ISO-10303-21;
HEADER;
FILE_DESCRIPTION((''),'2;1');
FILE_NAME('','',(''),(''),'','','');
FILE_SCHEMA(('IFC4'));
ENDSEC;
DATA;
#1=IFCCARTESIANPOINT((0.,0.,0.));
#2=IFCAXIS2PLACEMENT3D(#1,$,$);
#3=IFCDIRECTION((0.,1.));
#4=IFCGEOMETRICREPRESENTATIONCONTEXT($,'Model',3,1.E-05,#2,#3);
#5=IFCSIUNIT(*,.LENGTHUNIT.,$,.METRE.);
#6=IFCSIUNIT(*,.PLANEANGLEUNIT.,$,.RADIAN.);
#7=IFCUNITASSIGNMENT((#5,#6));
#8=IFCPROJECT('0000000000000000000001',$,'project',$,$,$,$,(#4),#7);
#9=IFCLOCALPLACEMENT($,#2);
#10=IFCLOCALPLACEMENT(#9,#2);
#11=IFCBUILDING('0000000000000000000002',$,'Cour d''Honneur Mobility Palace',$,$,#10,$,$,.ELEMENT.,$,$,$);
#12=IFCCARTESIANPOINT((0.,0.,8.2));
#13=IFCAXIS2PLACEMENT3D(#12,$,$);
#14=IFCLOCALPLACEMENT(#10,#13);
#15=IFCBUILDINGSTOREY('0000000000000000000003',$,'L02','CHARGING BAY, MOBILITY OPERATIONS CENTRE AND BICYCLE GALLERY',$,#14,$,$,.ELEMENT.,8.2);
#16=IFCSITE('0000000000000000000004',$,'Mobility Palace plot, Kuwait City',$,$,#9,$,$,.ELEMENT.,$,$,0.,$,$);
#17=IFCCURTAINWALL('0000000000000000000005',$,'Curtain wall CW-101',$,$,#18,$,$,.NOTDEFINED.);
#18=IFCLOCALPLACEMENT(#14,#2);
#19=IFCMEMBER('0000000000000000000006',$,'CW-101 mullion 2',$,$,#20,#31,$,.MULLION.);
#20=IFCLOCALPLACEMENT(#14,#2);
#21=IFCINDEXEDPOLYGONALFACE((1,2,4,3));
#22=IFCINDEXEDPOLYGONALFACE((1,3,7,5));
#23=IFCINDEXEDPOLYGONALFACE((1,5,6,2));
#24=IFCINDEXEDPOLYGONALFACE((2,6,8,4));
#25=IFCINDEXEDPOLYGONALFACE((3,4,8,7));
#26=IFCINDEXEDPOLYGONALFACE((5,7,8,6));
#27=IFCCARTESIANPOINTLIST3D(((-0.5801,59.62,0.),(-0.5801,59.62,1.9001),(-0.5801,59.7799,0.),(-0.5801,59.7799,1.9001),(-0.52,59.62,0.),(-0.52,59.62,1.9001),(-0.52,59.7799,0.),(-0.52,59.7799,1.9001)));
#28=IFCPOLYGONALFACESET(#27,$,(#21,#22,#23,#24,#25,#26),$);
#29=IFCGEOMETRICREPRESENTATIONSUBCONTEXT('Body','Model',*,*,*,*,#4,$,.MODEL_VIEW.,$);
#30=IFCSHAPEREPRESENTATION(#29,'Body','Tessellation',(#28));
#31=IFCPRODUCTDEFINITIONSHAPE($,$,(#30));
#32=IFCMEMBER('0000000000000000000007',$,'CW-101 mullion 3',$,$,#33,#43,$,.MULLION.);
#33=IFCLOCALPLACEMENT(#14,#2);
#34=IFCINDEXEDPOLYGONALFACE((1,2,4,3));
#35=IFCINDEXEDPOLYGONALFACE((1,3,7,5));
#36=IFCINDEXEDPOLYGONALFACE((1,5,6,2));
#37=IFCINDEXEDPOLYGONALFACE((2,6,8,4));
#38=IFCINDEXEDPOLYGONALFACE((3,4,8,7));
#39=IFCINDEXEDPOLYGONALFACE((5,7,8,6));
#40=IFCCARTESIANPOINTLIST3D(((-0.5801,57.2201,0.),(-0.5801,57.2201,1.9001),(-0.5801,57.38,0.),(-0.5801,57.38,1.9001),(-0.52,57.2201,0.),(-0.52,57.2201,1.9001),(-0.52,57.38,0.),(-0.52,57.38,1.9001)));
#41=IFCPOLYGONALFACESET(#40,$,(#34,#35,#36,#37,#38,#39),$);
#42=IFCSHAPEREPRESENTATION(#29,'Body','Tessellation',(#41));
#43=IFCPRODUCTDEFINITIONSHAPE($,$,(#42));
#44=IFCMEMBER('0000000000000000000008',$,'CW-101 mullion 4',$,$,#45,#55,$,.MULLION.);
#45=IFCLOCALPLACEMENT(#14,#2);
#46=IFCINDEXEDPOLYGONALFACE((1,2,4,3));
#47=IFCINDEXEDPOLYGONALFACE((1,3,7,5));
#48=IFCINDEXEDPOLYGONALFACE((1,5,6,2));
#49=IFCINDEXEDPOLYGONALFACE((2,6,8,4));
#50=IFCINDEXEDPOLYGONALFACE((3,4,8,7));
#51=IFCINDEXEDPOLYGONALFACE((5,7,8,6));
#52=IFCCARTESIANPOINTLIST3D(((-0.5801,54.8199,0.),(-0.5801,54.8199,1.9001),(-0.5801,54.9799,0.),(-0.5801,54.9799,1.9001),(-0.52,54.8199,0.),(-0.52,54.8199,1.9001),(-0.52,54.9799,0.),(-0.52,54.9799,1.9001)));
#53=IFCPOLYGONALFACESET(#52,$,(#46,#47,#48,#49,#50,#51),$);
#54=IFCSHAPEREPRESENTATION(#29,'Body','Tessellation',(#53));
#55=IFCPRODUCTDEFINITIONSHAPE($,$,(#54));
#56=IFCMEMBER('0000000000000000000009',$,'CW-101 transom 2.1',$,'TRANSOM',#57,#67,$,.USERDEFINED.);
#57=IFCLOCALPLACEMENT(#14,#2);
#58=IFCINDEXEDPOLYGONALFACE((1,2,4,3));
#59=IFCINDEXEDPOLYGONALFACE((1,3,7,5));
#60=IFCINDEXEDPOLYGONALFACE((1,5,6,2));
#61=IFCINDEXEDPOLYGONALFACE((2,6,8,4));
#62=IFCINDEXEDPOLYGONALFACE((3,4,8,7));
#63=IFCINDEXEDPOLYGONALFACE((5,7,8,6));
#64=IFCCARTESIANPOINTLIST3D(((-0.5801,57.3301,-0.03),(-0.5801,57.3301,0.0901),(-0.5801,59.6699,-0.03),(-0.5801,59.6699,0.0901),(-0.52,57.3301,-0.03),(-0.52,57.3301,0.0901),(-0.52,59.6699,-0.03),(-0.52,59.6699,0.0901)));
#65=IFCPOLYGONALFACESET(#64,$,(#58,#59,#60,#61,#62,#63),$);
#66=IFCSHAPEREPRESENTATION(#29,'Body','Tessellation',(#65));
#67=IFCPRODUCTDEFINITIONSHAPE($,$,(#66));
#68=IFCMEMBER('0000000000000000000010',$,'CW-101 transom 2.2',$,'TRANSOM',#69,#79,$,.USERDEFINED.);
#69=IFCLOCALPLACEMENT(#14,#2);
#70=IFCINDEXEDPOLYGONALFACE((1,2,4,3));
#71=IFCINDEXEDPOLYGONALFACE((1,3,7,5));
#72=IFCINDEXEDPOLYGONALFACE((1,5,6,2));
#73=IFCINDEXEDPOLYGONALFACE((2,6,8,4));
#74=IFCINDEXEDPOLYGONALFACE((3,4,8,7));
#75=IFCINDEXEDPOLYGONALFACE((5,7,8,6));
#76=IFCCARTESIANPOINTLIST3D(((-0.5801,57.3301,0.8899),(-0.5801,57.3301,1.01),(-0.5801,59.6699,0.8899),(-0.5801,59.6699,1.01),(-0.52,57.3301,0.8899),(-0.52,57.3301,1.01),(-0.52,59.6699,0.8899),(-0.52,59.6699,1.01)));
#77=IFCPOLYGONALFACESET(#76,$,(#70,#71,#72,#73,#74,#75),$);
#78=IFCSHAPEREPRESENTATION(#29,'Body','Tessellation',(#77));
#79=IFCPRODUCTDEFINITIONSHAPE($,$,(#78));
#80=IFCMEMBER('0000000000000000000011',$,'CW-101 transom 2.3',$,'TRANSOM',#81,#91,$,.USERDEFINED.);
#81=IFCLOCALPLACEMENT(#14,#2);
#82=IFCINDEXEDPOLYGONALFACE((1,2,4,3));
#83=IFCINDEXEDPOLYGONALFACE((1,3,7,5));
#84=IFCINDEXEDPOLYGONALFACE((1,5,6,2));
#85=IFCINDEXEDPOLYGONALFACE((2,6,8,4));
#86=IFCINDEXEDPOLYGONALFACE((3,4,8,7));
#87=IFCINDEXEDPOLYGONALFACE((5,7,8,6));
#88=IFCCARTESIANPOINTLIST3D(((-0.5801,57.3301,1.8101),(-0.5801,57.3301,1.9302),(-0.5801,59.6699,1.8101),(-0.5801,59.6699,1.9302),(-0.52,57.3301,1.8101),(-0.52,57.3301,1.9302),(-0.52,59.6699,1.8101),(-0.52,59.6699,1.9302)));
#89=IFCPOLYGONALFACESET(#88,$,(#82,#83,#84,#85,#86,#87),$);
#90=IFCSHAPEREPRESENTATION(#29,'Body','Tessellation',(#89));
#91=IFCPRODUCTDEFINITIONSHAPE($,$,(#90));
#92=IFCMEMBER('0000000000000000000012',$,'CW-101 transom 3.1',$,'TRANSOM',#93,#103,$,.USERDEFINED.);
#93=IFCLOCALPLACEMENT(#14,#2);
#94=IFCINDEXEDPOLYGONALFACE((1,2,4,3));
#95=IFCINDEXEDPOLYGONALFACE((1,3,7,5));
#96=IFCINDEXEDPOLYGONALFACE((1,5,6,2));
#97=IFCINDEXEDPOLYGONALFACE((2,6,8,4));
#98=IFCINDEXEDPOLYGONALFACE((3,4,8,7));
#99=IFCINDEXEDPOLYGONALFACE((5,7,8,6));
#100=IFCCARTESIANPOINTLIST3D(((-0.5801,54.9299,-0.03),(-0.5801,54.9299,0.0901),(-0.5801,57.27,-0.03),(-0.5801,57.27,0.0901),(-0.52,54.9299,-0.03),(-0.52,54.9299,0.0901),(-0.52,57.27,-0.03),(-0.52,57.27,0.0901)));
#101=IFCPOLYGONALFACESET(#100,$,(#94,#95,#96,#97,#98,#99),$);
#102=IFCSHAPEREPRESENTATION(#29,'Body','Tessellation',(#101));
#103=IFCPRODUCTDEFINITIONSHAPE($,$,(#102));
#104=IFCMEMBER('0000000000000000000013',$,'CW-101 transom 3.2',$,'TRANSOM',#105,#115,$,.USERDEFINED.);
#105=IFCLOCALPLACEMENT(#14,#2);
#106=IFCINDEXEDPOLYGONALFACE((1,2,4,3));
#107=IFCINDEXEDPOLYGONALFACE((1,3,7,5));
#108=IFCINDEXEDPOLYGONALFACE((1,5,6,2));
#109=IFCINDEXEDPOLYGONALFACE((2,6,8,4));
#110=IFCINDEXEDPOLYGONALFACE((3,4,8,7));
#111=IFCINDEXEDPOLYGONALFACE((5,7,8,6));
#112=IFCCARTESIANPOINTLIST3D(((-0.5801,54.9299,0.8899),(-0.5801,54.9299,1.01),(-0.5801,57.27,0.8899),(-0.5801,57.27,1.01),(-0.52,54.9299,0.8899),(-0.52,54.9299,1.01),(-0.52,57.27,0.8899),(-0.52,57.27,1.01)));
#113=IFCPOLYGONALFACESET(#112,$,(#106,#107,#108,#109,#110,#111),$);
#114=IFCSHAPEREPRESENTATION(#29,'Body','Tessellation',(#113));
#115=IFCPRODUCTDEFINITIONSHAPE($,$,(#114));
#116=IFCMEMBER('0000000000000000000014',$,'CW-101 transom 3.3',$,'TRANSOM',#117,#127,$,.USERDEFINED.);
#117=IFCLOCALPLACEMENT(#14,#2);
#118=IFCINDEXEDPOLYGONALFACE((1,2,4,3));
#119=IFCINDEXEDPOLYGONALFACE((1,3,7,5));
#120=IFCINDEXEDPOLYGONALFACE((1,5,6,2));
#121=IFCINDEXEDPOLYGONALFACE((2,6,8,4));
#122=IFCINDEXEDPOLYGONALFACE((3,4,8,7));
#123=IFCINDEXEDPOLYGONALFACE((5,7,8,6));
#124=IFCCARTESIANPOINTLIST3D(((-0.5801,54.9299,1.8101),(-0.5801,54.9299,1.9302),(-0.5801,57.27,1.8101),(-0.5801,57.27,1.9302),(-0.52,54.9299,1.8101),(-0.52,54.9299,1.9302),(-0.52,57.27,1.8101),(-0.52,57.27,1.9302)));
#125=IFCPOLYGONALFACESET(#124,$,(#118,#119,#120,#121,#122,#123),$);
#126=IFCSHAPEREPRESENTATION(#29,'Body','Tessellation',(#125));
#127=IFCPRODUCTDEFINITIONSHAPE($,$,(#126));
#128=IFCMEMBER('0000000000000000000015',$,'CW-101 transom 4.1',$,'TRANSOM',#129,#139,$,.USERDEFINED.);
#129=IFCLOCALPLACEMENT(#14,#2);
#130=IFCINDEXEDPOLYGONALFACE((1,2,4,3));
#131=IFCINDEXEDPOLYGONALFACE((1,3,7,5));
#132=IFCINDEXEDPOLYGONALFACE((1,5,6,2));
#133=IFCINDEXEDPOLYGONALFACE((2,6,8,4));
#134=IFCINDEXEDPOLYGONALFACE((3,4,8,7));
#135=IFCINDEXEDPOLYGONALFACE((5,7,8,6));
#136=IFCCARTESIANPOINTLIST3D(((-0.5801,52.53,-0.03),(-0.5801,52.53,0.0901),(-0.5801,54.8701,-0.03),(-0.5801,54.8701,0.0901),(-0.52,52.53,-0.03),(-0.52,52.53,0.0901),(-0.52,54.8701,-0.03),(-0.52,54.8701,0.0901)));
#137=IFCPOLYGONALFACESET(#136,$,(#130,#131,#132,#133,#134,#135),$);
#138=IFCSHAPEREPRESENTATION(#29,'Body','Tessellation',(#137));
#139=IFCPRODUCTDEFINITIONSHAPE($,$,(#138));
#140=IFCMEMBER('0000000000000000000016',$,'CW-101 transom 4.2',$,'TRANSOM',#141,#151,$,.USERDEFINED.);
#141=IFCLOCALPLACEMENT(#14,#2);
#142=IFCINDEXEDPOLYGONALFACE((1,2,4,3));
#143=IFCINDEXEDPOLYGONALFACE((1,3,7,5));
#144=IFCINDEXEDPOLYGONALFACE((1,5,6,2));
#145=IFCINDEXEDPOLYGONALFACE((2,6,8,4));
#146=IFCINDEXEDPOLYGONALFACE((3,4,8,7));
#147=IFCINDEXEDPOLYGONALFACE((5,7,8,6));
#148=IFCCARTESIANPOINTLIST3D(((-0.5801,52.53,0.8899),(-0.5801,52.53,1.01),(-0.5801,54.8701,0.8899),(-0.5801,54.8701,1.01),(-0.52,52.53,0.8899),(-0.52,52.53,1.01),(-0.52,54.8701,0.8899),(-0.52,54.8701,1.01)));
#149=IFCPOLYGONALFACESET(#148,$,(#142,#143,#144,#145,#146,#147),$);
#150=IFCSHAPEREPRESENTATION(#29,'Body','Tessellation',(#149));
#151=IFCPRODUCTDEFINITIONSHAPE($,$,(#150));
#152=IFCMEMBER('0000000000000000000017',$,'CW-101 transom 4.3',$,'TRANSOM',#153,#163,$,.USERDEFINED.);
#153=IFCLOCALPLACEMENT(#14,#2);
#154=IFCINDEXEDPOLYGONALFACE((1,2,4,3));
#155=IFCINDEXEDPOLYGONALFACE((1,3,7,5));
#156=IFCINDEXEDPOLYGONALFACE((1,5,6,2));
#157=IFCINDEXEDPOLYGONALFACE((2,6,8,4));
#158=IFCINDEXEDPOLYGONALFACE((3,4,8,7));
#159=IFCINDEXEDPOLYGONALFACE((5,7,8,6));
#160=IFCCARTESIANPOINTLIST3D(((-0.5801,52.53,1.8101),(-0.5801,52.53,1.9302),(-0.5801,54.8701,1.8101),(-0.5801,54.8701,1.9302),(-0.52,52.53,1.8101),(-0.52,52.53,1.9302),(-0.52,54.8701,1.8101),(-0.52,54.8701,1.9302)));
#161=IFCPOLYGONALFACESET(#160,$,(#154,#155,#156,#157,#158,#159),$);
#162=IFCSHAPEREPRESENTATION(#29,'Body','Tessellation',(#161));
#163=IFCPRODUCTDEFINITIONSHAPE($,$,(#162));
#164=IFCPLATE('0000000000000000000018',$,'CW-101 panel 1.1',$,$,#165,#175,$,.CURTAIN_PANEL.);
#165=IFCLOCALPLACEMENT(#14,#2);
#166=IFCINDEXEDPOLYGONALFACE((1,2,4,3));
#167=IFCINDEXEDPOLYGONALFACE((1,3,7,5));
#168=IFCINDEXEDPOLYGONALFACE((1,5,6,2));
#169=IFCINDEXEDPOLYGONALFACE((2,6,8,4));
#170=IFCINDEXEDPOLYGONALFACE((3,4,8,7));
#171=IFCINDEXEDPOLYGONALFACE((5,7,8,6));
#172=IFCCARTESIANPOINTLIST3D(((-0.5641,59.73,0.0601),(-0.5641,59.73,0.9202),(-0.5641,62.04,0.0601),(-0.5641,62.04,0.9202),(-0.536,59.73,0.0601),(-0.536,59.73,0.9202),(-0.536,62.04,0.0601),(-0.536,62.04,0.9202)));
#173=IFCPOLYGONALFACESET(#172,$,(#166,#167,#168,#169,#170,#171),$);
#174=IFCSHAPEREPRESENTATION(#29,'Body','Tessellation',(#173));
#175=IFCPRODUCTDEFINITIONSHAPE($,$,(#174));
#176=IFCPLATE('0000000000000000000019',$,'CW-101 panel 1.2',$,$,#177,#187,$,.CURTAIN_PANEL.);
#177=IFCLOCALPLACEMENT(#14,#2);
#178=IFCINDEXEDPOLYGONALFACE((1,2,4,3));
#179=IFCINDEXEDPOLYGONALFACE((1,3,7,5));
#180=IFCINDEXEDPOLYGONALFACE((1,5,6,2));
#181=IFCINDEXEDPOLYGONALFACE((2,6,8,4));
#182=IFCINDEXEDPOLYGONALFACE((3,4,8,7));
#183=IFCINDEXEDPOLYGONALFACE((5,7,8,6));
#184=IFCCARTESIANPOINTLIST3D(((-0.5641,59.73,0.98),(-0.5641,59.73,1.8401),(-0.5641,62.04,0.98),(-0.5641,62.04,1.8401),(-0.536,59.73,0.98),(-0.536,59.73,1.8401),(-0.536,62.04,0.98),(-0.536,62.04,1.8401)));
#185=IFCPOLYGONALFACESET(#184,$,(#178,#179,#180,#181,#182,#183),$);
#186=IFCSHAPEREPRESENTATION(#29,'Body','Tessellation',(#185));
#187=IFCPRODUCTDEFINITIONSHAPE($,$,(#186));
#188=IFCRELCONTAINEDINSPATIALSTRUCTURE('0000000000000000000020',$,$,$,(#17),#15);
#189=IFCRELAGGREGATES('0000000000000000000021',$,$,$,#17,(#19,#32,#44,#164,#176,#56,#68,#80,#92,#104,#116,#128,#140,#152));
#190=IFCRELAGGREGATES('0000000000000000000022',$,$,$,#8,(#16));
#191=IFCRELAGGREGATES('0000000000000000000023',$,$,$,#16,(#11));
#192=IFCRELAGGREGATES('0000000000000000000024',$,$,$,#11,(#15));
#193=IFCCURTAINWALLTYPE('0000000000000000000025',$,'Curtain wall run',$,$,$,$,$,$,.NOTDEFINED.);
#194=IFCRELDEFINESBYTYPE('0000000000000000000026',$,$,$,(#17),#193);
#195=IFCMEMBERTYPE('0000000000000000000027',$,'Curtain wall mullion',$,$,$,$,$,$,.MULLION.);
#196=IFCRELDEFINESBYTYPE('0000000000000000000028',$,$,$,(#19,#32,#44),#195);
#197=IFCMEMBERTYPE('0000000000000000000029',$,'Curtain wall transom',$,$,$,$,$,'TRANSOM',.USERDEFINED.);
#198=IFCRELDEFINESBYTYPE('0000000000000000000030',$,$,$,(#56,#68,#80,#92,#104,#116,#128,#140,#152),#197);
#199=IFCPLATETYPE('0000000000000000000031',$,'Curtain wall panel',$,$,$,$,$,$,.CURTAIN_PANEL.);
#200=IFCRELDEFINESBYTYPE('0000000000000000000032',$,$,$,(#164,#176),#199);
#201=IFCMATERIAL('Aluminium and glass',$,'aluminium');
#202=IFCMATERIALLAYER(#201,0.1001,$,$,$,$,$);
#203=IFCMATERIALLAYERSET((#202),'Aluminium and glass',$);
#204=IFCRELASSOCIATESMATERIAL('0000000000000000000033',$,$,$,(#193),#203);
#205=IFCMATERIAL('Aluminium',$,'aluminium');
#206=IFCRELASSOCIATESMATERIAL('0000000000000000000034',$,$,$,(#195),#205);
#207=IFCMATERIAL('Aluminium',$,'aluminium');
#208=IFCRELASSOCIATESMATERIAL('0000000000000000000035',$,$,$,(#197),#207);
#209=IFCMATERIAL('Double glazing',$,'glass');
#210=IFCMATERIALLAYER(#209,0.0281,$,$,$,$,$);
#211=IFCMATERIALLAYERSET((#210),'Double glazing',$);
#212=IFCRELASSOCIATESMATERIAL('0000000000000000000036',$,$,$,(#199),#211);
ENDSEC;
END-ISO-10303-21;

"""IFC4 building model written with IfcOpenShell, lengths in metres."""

from ifc_helpers import new_model, si_unit, direction, frame, origin, origin_2d, place, context, subcontext, project, spatial, rectangle, extrude, material, layer, layer_set, material_profile, profile_set, type_object, element, aggregate, save


model = new_model("IFC4")

# Units and contexts
model_context = context("Model", 3, precision=1e-05, world=origin(), true_north=direction((0.0, 1.0)))
body_context = subcontext(model_context, "Body", "Model", "MODEL_VIEW")
ifc_project = project(units=[si_unit("LENGTHUNIT", "METRE"), si_unit("PLANEANGLEUNIT", "RADIAN")], contexts=[model_context])

# Site, building, storey
site_placement = place(None, origin())
site = spatial("IfcSite", under=ifc_project, at=site_placement, Name="Mobility Palace plot, Kuwait City", CompositionType="ELEMENT", RefElevation=0.0)
building_placement = place(site_placement, origin())
building = spatial("IfcBuilding", under=site, at=building_placement, Name="Cour d'Honneur Mobility Palace", CompositionType="ELEMENT")
storey_placement = place(building_placement, frame((0.0, 0.0, 8.2)))
storey = spatial("IfcBuildingStorey", under=building, at=storey_placement, Name="L02", Description="CHARGING BAY, MOBILITY OPERATIONS CENTRE AND BICYCLE GALLERY", CompositionType="ELEMENT", Elevation=8.2)

# Curtain wall, members, plates
ifc_material_1 = material(Name="Aluminium and glass", Category="aluminium")
ifc_layer_1 = layer(ifc_material_1, 0.1001)
ifc_layer_set_1 = layer_set([ifc_layer_1], Name="Aluminium and glass")
curtain_wall_type = type_object("IfcCurtainWallType", Name="Curtain wall run", PredefinedType="NOTDEFINED", material=ifc_layer_set_1)
curtain_wall_placement = place(storey_placement, origin())
curtain_wall = element("IfcCurtainWall", 1, at=curtain_wall_placement, inside=storey, type_object=curtain_wall_type, Name="Curtain wall CW-101", PredefinedType="NOTDEFINED")
ifc_material_2 = material(Name="Aluminium", Category="aluminium")
ifc_material_profile_1 = material_profile(ifc_material_2, rectangle(XDim=0.0601, YDim=0.1599, at=origin_2d()), Name="Curtain wall mullion")
ifc_profile_set_1 = profile_set([ifc_material_profile_1], Name="Aluminium")
member_type_1 = type_object("IfcMemberType", Name="Curtain wall mullion", PredefinedType="MULLION", material=ifc_profile_set_1)
member_1_placement = place(storey_placement, frame((-0.55, 59.7, 0.0), z_axis=(0.0, 0.0, 1.0), x_axis=(1.0, 0.0, 0.0)))
member_1 = element("IfcMember", 2, at=member_1_placement, type_object=member_type_1, Name="CW-101 mullion 2", PredefinedType="MULLION", context=body_context, shape_type="SweptSolid", body=[
    extrude(rectangle(XDim=0.0601, YDim=0.1599, at=origin_2d()), origin(), (0.0, 0.0, 1.0), 1.9001),
])
member_2_placement = place(storey_placement, frame((-0.55, 57.3, 0.0), z_axis=(0.0, 0.0, 1.0), x_axis=(1.0, 0.0, 0.0)))
member_2 = element("IfcMember", 3, at=member_2_placement, type_object=member_type_1, Name="CW-101 mullion 3", PredefinedType="MULLION", context=body_context, shape_type="SweptSolid", body=[
    extrude(rectangle(XDim=0.0601, YDim=0.1599, at=origin_2d()), origin(), (0.0, 0.0, 1.0), 1.9001),
])
member_3_placement = place(storey_placement, frame((-0.55, 54.8999, 0.0), z_axis=(0.0, 0.0, 1.0), x_axis=(1.0, 0.0, 0.0)))
member_3 = element("IfcMember", 4, at=member_3_placement, type_object=member_type_1, Name="CW-101 mullion 4", PredefinedType="MULLION", context=body_context, shape_type="SweptSolid", body=[
    extrude(rectangle(XDim=0.0601, YDim=0.1599, at=origin_2d()), origin(), (0.0, 0.0, 1.0), 1.9001),
])
ifc_material_3 = material(Name="Aluminium", Category="aluminium")
ifc_material_profile_2 = material_profile(ifc_material_3, rectangle(XDim=0.0601, YDim=0.1201, at=origin_2d()), Name="Curtain wall transom")
ifc_profile_set_2 = profile_set([ifc_material_profile_2], Name="Aluminium")
member_type_2 = type_object("IfcMemberType", Name="Curtain wall transom", ElementType="TRANSOM", PredefinedType="USERDEFINED", material=ifc_profile_set_2)
member_4_placement = place(storey_placement, frame((-0.55, 59.6699, 0.03), z_axis=(0.0, -1.0, 0.0), x_axis=(1.0, 0.0, 0.0)))
member_4 = element("IfcMember", 5, at=member_4_placement, type_object=member_type_2, Name="CW-101 transom 2.1", ObjectType="TRANSOM", PredefinedType="USERDEFINED", context=body_context, shape_type="SweptSolid", body=[
    extrude(rectangle(XDim=0.0601, YDim=0.1201, at=origin_2d()), origin(), (0.0, 0.0, 1.0), 2.3398),
])
member_5_placement = place(storey_placement, frame((-0.55, 59.6699, 0.95), z_axis=(0.0, -1.0, 0.0), x_axis=(1.0, 0.0, 0.0)))
member_5 = element("IfcMember", 6, at=member_5_placement, type_object=member_type_2, Name="CW-101 transom 2.2", ObjectType="TRANSOM", PredefinedType="USERDEFINED", context=body_context, shape_type="SweptSolid", body=[
    extrude(rectangle(XDim=0.0601, YDim=0.1201, at=origin_2d()), origin(), (0.0, 0.0, 1.0), 2.3398),
])
member_6_placement = place(storey_placement, frame((-0.55, 59.6699, 1.8701), z_axis=(0.0, -1.0, 0.0), x_axis=(1.0, 0.0, 0.0)))
member_6 = element("IfcMember", 7, at=member_6_placement, type_object=member_type_2, Name="CW-101 transom 2.3", ObjectType="TRANSOM", PredefinedType="USERDEFINED", context=body_context, shape_type="SweptSolid", body=[
    extrude(rectangle(XDim=0.0601, YDim=0.1201, at=origin_2d()), origin(), (0.0, 0.0, 1.0), 2.3398),
])
member_7_placement = place(storey_placement, frame((-0.55, 57.27, 0.03), z_axis=(0.0, -1.0, 0.0), x_axis=(1.0, 0.0, 0.0)))
member_7 = element("IfcMember", 8, at=member_7_placement, type_object=member_type_2, Name="CW-101 transom 3.1", ObjectType="TRANSOM", PredefinedType="USERDEFINED", context=body_context, shape_type="SweptSolid", body=[
    extrude(rectangle(XDim=0.0601, YDim=0.1201, at=origin_2d()), origin(), (0.0, 0.0, 1.0), 2.3401),
])
member_8_placement = place(storey_placement, frame((-0.55, 57.27, 0.95), z_axis=(0.0, -1.0, 0.0), x_axis=(1.0, 0.0, 0.0)))
member_8 = element("IfcMember", 9, at=member_8_placement, type_object=member_type_2, Name="CW-101 transom 3.2", ObjectType="TRANSOM", PredefinedType="USERDEFINED", context=body_context, shape_type="SweptSolid", body=[
    extrude(rectangle(XDim=0.0601, YDim=0.1201, at=origin_2d()), origin(), (0.0, 0.0, 1.0), 2.3401),
])
member_9_placement = place(storey_placement, frame((-0.55, 57.27, 1.8701), z_axis=(0.0, -1.0, 0.0), x_axis=(1.0, 0.0, 0.0)))
member_9 = element("IfcMember", 10, at=member_9_placement, type_object=member_type_2, Name="CW-101 transom 3.3", ObjectType="TRANSOM", PredefinedType="USERDEFINED", context=body_context, shape_type="SweptSolid", body=[
    extrude(rectangle(XDim=0.0601, YDim=0.1201, at=origin_2d()), origin(), (0.0, 0.0, 1.0), 2.3401),
])
member_10_placement = place(storey_placement, frame((-0.55, 54.8701, 0.03), z_axis=(0.0, -1.0, 0.0), x_axis=(1.0, 0.0, 0.0)))
member_10 = element("IfcMember", 11, at=member_10_placement, type_object=member_type_2, Name="CW-101 transom 4.1", ObjectType="TRANSOM", PredefinedType="USERDEFINED", context=body_context, shape_type="SweptSolid", body=[
    extrude(rectangle(XDim=0.0601, YDim=0.1201, at=origin_2d()), origin(), (0.0, 0.0, 1.0), 2.3401),
])
member_11_placement = place(storey_placement, frame((-0.55, 54.8701, 0.95), z_axis=(0.0, -1.0, 0.0), x_axis=(1.0, 0.0, 0.0)))
member_11 = element("IfcMember", 12, at=member_11_placement, type_object=member_type_2, Name="CW-101 transom 4.2", ObjectType="TRANSOM", PredefinedType="USERDEFINED", context=body_context, shape_type="SweptSolid", body=[
    extrude(rectangle(XDim=0.0601, YDim=0.1201, at=origin_2d()), origin(), (0.0, 0.0, 1.0), 2.3401),
])
member_12_placement = place(storey_placement, frame((-0.55, 54.8701, 1.8701), z_axis=(0.0, -1.0, 0.0), x_axis=(1.0, 0.0, 0.0)))
member_12 = element("IfcMember", 13, at=member_12_placement, type_object=member_type_2, Name="CW-101 transom 4.3", ObjectType="TRANSOM", PredefinedType="USERDEFINED", context=body_context, shape_type="SweptSolid", body=[
    extrude(rectangle(XDim=0.0601, YDim=0.1201, at=origin_2d()), origin(), (0.0, 0.0, 1.0), 2.3401),
])
ifc_material_4 = material(Name="Double glazing", Category="glass")
ifc_layer_2 = layer(ifc_material_4, 0.0281)
ifc_layer_set_2 = layer_set([ifc_layer_2], Name="Double glazing")
plate_type = type_object("IfcPlateType", Name="Curtain wall panel", PredefinedType="CURTAIN_PANEL", material=ifc_layer_set_2)
plate_1_placement = place(storey_placement, frame((-0.55, 60.885, 0.0601), z_axis=(0.0, 0.0, 1.0), x_axis=(0.0, -1.0, 0.0)))
plate_1 = element("IfcPlate", 14, at=plate_1_placement, type_object=plate_type, Name="CW-101 panel 1.1", PredefinedType="CURTAIN_PANEL", context=body_context, shape_type="SweptSolid", body=[
    extrude(rectangle(XDim=2.3101, YDim=0.0281, at=origin_2d()), origin(), (0.0, 0.0, 1.0), 0.8601),
])
plate_2_placement = place(storey_placement, frame((-0.55, 60.885, 0.98), z_axis=(0.0, 0.0, 1.0), x_axis=(0.0, -1.0, 0.0)))
plate_2 = element("IfcPlate", 15, at=plate_2_placement, type_object=plate_type, Name="CW-101 panel 1.2", PredefinedType="CURTAIN_PANEL", context=body_context, shape_type="SweptSolid", body=[
    extrude(rectangle(XDim=2.3101, YDim=0.0281, at=origin_2d()), origin(), (0.0, 0.0, 1.0), 0.8601),
])
aggregate(curtain_wall, [member_1, member_2, member_3, plate_1, plate_2, member_4, member_5, member_6, member_7, member_8, member_9, member_10, member_11, member_12])

save(model, "model.ifc")
